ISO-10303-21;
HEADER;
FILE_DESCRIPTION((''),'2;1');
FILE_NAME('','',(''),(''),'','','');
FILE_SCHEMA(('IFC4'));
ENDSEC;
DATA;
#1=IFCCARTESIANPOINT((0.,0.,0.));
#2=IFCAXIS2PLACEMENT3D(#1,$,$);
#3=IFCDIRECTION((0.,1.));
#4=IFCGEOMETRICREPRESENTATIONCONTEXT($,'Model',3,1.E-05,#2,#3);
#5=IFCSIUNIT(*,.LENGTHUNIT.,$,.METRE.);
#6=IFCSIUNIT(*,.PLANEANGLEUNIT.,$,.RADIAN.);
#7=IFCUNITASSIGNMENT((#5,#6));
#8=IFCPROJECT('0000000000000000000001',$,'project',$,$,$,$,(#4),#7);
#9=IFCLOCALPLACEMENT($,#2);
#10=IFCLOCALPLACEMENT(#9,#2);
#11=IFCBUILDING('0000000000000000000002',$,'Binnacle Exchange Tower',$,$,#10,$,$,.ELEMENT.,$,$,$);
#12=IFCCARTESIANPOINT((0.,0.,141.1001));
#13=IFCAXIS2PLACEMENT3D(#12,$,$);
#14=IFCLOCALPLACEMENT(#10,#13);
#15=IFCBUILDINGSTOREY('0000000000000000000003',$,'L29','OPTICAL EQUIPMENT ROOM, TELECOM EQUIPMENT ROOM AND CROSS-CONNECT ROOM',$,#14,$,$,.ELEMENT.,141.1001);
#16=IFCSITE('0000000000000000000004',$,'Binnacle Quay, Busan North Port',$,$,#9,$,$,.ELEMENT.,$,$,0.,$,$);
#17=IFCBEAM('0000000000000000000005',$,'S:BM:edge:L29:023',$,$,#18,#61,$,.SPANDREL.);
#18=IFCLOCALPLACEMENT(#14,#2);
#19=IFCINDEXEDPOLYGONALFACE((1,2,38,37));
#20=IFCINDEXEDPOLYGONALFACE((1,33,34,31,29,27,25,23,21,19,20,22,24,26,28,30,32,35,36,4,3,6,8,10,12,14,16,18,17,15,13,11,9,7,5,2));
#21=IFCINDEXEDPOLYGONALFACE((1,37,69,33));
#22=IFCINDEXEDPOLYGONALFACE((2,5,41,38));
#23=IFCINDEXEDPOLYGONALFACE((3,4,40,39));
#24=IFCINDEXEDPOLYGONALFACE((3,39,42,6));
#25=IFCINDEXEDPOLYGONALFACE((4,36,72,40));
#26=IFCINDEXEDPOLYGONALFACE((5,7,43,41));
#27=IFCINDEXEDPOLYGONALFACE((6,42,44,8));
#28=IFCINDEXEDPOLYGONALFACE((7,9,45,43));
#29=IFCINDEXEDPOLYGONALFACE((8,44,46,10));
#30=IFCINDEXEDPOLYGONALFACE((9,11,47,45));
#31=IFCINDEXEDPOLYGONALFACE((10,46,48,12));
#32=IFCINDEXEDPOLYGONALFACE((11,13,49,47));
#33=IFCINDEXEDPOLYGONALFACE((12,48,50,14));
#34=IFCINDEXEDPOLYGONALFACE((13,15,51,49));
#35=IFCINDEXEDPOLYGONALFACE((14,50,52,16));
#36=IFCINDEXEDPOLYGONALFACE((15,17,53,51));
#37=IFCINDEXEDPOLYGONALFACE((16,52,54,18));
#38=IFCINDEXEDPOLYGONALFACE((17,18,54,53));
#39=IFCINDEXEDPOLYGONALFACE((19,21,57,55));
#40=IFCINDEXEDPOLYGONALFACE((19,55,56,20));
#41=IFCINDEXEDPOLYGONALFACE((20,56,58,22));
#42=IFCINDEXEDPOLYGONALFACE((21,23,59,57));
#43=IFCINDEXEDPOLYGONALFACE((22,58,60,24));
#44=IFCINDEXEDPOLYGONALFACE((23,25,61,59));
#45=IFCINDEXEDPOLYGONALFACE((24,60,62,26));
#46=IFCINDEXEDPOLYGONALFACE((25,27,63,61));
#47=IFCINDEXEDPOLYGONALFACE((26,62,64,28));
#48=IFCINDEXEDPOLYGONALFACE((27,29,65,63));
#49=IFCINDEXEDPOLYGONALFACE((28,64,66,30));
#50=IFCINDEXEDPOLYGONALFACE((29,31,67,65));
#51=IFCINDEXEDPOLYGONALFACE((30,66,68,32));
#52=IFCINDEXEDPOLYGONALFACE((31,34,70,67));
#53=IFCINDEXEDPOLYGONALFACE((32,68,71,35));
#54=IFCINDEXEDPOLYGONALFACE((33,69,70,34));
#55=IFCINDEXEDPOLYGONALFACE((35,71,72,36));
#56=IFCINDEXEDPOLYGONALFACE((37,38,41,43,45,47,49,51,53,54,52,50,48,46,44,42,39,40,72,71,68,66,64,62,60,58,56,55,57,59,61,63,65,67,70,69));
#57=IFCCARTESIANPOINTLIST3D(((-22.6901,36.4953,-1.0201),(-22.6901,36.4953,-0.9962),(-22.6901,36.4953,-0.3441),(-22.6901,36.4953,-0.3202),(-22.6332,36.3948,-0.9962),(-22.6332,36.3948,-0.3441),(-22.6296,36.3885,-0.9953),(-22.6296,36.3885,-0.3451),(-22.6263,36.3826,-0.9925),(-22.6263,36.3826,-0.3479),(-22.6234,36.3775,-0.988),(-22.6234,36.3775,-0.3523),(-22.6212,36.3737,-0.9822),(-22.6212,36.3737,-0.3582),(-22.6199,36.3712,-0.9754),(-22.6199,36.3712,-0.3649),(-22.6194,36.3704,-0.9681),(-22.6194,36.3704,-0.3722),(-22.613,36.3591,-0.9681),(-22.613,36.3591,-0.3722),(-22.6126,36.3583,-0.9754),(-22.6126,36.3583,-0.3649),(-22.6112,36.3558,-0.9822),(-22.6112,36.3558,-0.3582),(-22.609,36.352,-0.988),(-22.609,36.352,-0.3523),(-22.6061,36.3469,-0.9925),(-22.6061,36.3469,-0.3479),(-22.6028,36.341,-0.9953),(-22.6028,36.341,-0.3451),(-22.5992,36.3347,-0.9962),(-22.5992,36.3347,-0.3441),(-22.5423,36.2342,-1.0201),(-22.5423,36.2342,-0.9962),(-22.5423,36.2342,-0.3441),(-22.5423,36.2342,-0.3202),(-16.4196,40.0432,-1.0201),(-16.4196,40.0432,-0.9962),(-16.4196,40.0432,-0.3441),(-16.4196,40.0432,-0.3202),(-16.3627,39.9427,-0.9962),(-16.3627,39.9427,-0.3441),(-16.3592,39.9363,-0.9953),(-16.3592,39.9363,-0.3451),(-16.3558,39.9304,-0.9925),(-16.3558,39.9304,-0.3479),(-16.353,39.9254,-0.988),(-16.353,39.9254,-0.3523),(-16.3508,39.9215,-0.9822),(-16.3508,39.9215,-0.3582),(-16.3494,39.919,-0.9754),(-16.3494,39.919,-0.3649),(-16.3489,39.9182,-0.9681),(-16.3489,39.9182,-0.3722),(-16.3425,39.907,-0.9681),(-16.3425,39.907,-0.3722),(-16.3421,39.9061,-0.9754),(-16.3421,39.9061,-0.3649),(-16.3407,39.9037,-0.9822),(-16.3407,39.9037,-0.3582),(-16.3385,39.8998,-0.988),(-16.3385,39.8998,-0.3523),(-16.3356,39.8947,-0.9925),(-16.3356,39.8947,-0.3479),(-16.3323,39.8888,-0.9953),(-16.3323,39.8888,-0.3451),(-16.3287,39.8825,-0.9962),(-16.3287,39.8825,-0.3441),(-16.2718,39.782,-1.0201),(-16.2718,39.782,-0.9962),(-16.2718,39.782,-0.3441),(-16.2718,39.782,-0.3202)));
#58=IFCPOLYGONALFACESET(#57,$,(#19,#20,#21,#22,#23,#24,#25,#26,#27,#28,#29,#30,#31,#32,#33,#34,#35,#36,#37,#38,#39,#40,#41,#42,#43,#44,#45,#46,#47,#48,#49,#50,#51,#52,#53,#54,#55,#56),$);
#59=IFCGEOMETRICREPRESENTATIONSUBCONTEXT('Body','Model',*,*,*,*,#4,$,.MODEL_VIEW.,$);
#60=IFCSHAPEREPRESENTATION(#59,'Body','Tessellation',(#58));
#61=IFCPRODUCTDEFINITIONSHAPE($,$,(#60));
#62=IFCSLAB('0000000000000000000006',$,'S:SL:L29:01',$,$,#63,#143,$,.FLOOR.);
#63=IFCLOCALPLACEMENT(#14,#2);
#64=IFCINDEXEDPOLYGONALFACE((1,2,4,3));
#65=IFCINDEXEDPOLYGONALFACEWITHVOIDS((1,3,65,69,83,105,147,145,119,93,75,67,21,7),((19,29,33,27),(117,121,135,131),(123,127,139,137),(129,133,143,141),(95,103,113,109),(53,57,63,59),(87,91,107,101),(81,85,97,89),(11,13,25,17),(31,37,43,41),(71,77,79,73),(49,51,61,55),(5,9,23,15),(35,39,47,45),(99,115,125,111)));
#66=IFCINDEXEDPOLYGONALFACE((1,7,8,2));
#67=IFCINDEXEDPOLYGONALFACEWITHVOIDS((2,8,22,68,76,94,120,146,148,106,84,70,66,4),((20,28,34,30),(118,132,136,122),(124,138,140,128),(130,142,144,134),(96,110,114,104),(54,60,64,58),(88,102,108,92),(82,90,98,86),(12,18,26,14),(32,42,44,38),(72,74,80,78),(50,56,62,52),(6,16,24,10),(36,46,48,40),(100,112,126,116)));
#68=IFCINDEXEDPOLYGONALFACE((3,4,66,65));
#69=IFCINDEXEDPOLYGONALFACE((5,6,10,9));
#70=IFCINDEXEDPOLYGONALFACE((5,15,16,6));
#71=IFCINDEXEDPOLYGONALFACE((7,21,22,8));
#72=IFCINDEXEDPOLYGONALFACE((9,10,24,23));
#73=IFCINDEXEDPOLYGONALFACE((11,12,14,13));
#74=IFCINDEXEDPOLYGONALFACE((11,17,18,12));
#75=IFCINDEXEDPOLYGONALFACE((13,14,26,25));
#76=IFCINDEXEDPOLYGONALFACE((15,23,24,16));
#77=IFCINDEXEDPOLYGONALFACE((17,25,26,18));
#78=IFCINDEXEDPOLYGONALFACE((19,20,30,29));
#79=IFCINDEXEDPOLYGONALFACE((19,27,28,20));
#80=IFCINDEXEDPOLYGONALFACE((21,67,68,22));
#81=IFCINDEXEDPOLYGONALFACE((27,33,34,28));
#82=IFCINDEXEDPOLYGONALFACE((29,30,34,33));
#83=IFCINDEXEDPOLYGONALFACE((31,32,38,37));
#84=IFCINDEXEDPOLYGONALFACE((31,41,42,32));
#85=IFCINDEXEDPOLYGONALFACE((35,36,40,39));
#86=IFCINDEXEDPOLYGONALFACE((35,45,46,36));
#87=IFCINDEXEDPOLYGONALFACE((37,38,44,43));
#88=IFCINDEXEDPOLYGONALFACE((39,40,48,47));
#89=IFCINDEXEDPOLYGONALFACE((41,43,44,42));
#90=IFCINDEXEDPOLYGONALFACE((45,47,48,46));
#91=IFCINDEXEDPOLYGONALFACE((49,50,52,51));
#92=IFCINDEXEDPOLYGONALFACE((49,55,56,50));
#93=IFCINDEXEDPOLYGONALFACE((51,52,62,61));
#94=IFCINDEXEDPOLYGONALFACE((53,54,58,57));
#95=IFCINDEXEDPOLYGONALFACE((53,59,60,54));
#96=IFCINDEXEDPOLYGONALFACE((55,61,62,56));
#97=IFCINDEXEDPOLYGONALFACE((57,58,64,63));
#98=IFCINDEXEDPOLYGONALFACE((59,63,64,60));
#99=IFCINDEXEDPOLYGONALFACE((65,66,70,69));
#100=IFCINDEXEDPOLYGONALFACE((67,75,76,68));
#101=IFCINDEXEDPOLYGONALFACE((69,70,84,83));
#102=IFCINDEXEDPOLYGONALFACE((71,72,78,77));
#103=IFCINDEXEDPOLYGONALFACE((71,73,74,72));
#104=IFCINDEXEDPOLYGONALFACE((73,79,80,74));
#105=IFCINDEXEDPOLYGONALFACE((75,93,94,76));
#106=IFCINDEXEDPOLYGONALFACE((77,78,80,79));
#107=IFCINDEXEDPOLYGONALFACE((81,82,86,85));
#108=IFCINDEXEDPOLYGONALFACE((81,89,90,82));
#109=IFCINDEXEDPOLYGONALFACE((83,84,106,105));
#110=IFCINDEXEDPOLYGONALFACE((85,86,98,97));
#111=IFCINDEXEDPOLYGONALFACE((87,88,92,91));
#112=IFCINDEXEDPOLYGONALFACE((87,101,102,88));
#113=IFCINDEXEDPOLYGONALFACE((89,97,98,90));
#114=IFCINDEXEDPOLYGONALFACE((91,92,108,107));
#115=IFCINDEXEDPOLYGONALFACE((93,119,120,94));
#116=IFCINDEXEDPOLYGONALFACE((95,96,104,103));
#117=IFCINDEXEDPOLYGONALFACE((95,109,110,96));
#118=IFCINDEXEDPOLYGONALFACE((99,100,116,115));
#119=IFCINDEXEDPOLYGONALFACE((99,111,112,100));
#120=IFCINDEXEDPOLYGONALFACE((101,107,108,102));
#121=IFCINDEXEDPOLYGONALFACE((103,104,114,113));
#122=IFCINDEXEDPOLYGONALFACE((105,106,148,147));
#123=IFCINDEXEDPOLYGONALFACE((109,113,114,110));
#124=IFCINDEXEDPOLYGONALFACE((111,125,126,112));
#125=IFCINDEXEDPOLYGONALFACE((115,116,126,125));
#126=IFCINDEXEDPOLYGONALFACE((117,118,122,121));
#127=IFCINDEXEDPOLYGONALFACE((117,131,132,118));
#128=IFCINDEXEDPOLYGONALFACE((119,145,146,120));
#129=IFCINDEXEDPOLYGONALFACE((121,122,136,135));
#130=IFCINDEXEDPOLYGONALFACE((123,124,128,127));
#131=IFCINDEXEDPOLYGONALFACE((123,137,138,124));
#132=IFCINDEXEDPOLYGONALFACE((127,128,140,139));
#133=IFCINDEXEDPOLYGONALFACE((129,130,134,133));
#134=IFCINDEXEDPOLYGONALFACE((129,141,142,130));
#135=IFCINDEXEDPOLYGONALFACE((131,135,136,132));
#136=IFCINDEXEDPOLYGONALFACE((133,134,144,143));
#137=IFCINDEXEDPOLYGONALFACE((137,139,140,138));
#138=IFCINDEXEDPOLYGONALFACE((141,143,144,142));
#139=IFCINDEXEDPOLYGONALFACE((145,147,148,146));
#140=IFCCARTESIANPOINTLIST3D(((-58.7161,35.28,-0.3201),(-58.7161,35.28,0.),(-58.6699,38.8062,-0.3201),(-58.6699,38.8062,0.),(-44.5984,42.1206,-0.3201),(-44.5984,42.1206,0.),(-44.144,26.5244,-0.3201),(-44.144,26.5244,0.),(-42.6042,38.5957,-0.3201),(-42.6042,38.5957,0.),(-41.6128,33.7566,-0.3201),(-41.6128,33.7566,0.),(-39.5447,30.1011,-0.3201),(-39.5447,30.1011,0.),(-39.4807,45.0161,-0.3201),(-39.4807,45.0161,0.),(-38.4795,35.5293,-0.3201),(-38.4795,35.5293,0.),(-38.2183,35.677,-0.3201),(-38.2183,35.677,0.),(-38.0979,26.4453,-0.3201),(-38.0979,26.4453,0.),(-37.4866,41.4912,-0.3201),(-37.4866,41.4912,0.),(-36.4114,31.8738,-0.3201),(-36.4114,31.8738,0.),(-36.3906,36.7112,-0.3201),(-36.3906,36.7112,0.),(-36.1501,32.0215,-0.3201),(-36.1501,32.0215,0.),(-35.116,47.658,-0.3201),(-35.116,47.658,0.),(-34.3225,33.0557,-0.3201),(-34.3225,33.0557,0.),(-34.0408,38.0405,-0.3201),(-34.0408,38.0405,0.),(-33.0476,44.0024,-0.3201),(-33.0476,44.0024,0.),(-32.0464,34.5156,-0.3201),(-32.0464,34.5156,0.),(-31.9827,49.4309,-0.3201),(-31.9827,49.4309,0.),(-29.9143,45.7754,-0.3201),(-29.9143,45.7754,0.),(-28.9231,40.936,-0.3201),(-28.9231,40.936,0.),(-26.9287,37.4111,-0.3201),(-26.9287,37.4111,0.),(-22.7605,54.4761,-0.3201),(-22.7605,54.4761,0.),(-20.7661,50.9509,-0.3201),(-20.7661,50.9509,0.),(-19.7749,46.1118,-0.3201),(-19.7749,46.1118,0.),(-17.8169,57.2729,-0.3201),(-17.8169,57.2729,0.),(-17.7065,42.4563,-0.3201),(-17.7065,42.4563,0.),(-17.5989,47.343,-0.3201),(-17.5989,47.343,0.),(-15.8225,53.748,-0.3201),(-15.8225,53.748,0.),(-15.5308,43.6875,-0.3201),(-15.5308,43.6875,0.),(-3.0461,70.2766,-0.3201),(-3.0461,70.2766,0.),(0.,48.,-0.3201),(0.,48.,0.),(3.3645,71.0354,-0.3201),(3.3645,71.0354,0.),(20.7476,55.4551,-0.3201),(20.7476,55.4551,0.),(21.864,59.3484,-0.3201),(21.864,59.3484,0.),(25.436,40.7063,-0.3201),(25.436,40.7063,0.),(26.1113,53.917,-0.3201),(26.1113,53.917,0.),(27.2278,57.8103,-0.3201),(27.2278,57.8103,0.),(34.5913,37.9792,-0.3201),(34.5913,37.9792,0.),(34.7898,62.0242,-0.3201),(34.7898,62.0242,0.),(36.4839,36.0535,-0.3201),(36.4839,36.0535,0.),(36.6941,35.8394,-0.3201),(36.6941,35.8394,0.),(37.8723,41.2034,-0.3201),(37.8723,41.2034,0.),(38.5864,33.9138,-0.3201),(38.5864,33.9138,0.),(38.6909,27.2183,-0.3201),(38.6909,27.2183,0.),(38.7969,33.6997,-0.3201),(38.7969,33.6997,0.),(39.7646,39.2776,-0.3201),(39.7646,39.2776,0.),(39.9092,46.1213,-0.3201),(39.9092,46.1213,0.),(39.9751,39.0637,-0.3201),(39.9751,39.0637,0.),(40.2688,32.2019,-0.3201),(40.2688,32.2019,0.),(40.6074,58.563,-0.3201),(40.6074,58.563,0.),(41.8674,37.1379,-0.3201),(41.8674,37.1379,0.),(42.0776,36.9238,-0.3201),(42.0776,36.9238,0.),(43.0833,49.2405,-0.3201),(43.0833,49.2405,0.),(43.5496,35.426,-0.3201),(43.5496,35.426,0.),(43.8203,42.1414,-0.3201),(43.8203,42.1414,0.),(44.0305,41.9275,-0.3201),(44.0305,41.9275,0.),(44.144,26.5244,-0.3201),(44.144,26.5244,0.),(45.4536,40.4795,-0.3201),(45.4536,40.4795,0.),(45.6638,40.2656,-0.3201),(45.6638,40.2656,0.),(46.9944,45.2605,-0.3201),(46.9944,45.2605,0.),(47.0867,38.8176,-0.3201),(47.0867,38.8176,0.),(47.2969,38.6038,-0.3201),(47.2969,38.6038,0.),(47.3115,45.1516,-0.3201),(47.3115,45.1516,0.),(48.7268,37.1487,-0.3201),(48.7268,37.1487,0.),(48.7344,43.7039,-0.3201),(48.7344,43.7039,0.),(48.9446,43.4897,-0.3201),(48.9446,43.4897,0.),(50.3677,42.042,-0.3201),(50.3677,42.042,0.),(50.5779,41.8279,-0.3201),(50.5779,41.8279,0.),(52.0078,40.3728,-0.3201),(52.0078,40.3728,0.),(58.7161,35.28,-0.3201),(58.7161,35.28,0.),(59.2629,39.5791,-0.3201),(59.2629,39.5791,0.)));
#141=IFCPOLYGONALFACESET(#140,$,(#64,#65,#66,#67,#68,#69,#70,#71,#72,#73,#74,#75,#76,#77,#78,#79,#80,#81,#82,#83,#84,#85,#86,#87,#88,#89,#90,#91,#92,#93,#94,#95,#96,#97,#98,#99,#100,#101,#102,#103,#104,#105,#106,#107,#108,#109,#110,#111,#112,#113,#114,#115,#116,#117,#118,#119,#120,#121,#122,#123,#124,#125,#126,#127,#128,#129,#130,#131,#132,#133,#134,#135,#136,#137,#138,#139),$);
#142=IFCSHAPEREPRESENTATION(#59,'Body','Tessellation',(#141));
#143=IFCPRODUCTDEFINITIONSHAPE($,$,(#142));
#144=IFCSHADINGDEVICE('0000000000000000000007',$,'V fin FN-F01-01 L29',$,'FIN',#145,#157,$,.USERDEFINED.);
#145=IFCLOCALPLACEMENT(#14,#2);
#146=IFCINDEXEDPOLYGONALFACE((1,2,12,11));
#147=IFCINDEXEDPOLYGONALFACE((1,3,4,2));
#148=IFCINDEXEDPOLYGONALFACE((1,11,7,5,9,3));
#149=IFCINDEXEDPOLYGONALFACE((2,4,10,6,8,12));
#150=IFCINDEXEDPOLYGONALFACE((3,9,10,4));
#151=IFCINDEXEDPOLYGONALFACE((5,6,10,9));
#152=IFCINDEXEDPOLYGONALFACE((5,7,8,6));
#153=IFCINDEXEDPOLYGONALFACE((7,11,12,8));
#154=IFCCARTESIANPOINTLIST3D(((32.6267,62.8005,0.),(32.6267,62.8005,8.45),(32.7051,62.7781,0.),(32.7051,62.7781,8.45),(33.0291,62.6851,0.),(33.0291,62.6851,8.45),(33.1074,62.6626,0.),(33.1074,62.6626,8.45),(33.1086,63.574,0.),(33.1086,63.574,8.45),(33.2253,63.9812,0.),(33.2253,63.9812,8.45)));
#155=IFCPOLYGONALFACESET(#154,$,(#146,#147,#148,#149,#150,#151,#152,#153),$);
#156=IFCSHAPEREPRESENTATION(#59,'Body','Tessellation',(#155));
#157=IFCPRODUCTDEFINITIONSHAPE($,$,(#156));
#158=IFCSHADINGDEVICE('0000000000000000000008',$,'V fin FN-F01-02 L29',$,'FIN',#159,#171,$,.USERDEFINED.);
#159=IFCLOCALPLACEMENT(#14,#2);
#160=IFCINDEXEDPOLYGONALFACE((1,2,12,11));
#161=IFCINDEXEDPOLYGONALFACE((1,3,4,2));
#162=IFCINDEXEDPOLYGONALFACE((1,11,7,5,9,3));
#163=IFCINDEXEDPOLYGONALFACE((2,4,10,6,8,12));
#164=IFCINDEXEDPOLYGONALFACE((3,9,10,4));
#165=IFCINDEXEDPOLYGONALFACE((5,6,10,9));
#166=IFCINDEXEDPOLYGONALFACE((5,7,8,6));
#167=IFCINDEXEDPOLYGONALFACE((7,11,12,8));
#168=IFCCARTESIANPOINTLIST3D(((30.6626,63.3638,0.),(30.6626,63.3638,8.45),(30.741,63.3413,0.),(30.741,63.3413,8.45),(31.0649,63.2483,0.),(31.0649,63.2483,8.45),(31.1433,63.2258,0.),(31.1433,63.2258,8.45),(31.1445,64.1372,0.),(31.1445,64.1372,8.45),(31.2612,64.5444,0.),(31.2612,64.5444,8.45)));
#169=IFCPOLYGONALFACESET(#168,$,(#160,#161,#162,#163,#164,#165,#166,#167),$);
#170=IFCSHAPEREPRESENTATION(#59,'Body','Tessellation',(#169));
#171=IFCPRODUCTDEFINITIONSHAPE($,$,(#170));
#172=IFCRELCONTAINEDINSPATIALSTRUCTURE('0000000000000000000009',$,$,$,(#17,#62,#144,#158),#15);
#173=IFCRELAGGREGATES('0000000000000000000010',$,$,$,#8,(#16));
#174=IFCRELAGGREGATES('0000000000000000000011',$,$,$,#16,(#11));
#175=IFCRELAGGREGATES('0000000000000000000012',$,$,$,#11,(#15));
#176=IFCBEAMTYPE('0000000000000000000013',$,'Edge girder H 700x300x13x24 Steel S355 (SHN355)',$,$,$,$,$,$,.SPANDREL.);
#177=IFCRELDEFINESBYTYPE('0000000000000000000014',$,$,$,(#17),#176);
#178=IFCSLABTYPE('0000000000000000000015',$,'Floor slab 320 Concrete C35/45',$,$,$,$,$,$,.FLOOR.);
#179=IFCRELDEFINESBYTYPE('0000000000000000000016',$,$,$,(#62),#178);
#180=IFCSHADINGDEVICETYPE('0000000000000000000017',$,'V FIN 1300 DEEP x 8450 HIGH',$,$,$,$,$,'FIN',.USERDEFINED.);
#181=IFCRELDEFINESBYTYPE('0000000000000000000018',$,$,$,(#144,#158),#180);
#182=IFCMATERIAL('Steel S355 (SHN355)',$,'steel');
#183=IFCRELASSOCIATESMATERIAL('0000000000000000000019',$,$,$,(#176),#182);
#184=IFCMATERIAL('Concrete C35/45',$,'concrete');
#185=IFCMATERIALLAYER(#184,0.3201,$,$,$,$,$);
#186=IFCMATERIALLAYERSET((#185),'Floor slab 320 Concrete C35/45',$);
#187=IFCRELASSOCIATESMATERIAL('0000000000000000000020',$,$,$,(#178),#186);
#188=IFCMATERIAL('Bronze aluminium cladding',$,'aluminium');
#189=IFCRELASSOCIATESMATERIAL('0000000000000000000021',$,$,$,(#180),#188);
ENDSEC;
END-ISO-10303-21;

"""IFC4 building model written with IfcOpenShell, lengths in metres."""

from ifc_helpers import new_model, si_unit, direction, frame, origin, origin_2d, place, context, subcontext, project, spatial, polyline, i_section, outline, extrude, material, layer, layer_set, material_profile, profile_set, type_object, element, save


model = new_model("IFC4")

# Units and contexts
model_context = context("Model", 3, precision=1e-05, world=origin(), true_north=direction((0.0, 1.0)))
body_context = subcontext(model_context, "Body", "Model", "MODEL_VIEW")
ifc_project = project(units=[si_unit("LENGTHUNIT", "METRE"), si_unit("PLANEANGLEUNIT", "RADIAN")], contexts=[model_context])

# Site, building, storey
site_placement = place(None, origin())
site = spatial("IfcSite", under=ifc_project, at=site_placement, Name="Binnacle Quay, Busan North Port", CompositionType="ELEMENT", RefElevation=0.0)
building_placement = place(site_placement, origin())
building = spatial("IfcBuilding", under=site, at=building_placement, Name="Binnacle Exchange Tower", CompositionType="ELEMENT")
storey_placement = place(building_placement, frame((0.0, 0.0, 141.1001)))
storey = spatial("IfcBuildingStorey", under=building, at=storey_placement, Name="L29", Description="OPTICAL EQUIPMENT ROOM, TELECOM EQUIPMENT ROOM AND CROSS-CONNECT ROOM", CompositionType="ELEMENT", Elevation=141.1001)

# Beam
ifc_material_1 = material(Name="Steel S355 (SHN355)", Category="steel")
ifc_material_profile = material_profile(ifc_material_1, i_section(OverallWidth=0.3, OverallDepth=0.7, WebThickness=0.0129, FlangeThickness=0.0239, FilletRadius=0.0281, at=origin_2d()), Name="H 700x300x13x24")
ifc_profile_set = profile_set([ifc_material_profile], Name="Steel S355 (SHN355)")
beam_type = type_object("IfcBeamType", Name="Edge girder H 700x300x13x24 Steel S355 (SHN355)", PredefinedType="SPANDREL", material=ifc_profile_set)
beam_placement = place(storey_placement, frame((-22.6162, 36.3647, -0.6702), z_axis=(0.870346, 0.492441, 0.0), x_axis=(-0.492441, 0.870346, 0.0)))
element("IfcBeam", 1, at=beam_placement, inside=storey, type_object=beam_type, Name="S:BM:edge:L29:023", PredefinedType="SPANDREL", context=body_context, shape_type="SweptSolid", body=[
    extrude(i_section(OverallWidth=0.3, OverallDepth=0.7, WebThickness=0.0129, FlangeThickness=0.0239, FilletRadius=0.0281, at=origin_2d()), origin(), (0.0, 0.0, 1.0), 7.2046),
])

# Slab
ifc_material_2 = material(Name="Concrete C35/45", Category="concrete")
ifc_layer = layer(ifc_material_2, 0.3201)
ifc_layer_set = layer_set([ifc_layer], Name="Floor slab 320 Concrete C35/45")
slab_type = type_object("IfcSlabType", Name="Floor slab 320 Concrete C35/45", PredefinedType="FLOOR", material=ifc_layer_set)
slab_placement = place(storey_placement, frame((0.0, 0.0, -0.3201)))
element("IfcSlab", 2, at=slab_placement, inside=storey, type_object=slab_type, Name="S:SL:L29:01", PredefinedType="FLOOR", context=body_context, shape_type="SweptSolid", body=[
    extrude(outline(polyline([(59.2629, 39.5791), (58.7161, 35.28), (44.144, 26.5244), (38.6909, 27.2183), (25.436, 40.7063), (0.0, 48.0), (-38.0979, 26.4453), (-44.144, 26.5244), (-58.7161, 35.28), (-58.6699, 38.8062), (-3.0461, 70.2766), (3.3645, 71.0354), (34.7898, 62.0242), (40.6074, 58.563), (59.2629, 39.5791)]), holes=[polyline([(-38.4795, 35.5293), (-41.6128, 33.7566), (-39.5447, 30.1011), (-36.4114, 31.8738), (-38.4795, 35.5293)]), polyline([(-34.3225, 33.0557), (-36.3906, 36.7112), (-38.2183, 35.677), (-36.1501, 32.0215), (-34.3225, 33.0557)]), polyline([(-34.0408, 38.0405), (-32.0464, 34.5156), (-26.9287, 37.4111), (-28.9231, 40.936), (-34.0408, 38.0405)]), polyline([(-37.4866, 41.4912), (-39.4807, 45.0161), (-44.5984, 42.1206), (-42.6042, 38.5957), (-37.4866, 41.4912)]), polyline([(-15.5308, 43.6875), (-17.5989, 47.343), (-19.7749, 46.1118), (-17.7065, 42.4563), (-15.5308, 43.6875)]), polyline([(-29.9143, 45.7754), (-31.9827, 49.4309), (-35.116, 47.658), (-33.0476, 44.0024), (-29.9143, 45.7754)]), polyline([(-15.8225, 53.748), (-17.8169, 57.2729), (-22.7605, 54.4761), (-20.7661, 50.9509), (-15.8225, 53.748)]), polyline([(26.1113, 53.917), (27.2278, 57.8103), (21.864, 59.3484), (20.7476, 55.4551), (26.1113, 53.917)]), polyline([(40.2688, 32.2019), (43.5496, 35.426), (42.0776, 36.9238), (38.7969, 33.6997), (40.2688, 32.2019)]), polyline([(38.5864, 33.9138), (41.8674, 37.1379), (39.9751, 39.0637), (36.6941, 35.8394), (38.5864, 33.9138)]), polyline([(36.4839, 36.0535), (39.7646, 39.2776), (37.8723, 41.2034), (34.5913, 37.9792), (36.4839, 36.0535)]), polyline([(48.7268, 37.1487), (52.0078, 40.3728), (50.5779, 41.8279), (47.2969, 38.6038), (48.7268, 37.1487)]), polyline([(47.0867, 38.8176), (50.3677, 42.042), (48.9446, 43.4897), (45.6638, 40.2656), (47.0867, 38.8176)]), polyline([(45.4536, 40.4795), (48.7344, 43.7039), (47.3115, 45.1516), (44.0305, 41.9275), (45.4536, 40.4795)]), polyline([(43.8203, 42.1414), (46.9944, 45.2605), (43.0833, 49.2405), (39.9092, 46.1213), (43.8203, 42.1414)])]), origin(), (0.0, 0.0, 1.0), 0.3201),
])

# Shading devices
ifc_material_3 = material(Name="Bronze aluminium cladding", Category="aluminium")
shading_device_type = type_object("IfcShadingDeviceType", Name="V FIN 1300 DEEP x 8450 HIGH", ElementType="FIN", PredefinedType="USERDEFINED", material=ifc_material_3)
shading_device_1_placement = place(storey_placement, origin())
element("IfcShadingDevice", 3, at=shading_device_1_placement, inside=storey, type_object=shading_device_type, Name="V fin FN-F01-01 L29", ObjectType="FIN", PredefinedType="USERDEFINED", context=body_context, shape_type="SweptSolid", body=[
    extrude(outline(polyline([(33.1074, 62.6626), (33.2253, 63.9812), (32.6267, 62.8005), (32.7051, 62.7781), (33.1086, 63.574), (33.0291, 62.6851), (33.1074, 62.6626)])), origin(), (0.0, 0.0, 1.0), 8.45),
])
shading_device_2_placement = place(storey_placement, origin())
element("IfcShadingDevice", 4, at=shading_device_2_placement, inside=storey, type_object=shading_device_type, Name="V fin FN-F01-02 L29", ObjectType="FIN", PredefinedType="USERDEFINED", context=body_context, shape_type="SweptSolid", body=[
    extrude(outline(polyline([(31.1433, 63.2258), (31.2612, 64.5444), (30.6626, 63.3638), (30.741, 63.3413), (31.1445, 64.1372), (31.0649, 63.2483), (31.1433, 63.2258)])), origin(), (0.0, 0.0, 1.0), 8.45),
])

save(model, "model.ifc")
